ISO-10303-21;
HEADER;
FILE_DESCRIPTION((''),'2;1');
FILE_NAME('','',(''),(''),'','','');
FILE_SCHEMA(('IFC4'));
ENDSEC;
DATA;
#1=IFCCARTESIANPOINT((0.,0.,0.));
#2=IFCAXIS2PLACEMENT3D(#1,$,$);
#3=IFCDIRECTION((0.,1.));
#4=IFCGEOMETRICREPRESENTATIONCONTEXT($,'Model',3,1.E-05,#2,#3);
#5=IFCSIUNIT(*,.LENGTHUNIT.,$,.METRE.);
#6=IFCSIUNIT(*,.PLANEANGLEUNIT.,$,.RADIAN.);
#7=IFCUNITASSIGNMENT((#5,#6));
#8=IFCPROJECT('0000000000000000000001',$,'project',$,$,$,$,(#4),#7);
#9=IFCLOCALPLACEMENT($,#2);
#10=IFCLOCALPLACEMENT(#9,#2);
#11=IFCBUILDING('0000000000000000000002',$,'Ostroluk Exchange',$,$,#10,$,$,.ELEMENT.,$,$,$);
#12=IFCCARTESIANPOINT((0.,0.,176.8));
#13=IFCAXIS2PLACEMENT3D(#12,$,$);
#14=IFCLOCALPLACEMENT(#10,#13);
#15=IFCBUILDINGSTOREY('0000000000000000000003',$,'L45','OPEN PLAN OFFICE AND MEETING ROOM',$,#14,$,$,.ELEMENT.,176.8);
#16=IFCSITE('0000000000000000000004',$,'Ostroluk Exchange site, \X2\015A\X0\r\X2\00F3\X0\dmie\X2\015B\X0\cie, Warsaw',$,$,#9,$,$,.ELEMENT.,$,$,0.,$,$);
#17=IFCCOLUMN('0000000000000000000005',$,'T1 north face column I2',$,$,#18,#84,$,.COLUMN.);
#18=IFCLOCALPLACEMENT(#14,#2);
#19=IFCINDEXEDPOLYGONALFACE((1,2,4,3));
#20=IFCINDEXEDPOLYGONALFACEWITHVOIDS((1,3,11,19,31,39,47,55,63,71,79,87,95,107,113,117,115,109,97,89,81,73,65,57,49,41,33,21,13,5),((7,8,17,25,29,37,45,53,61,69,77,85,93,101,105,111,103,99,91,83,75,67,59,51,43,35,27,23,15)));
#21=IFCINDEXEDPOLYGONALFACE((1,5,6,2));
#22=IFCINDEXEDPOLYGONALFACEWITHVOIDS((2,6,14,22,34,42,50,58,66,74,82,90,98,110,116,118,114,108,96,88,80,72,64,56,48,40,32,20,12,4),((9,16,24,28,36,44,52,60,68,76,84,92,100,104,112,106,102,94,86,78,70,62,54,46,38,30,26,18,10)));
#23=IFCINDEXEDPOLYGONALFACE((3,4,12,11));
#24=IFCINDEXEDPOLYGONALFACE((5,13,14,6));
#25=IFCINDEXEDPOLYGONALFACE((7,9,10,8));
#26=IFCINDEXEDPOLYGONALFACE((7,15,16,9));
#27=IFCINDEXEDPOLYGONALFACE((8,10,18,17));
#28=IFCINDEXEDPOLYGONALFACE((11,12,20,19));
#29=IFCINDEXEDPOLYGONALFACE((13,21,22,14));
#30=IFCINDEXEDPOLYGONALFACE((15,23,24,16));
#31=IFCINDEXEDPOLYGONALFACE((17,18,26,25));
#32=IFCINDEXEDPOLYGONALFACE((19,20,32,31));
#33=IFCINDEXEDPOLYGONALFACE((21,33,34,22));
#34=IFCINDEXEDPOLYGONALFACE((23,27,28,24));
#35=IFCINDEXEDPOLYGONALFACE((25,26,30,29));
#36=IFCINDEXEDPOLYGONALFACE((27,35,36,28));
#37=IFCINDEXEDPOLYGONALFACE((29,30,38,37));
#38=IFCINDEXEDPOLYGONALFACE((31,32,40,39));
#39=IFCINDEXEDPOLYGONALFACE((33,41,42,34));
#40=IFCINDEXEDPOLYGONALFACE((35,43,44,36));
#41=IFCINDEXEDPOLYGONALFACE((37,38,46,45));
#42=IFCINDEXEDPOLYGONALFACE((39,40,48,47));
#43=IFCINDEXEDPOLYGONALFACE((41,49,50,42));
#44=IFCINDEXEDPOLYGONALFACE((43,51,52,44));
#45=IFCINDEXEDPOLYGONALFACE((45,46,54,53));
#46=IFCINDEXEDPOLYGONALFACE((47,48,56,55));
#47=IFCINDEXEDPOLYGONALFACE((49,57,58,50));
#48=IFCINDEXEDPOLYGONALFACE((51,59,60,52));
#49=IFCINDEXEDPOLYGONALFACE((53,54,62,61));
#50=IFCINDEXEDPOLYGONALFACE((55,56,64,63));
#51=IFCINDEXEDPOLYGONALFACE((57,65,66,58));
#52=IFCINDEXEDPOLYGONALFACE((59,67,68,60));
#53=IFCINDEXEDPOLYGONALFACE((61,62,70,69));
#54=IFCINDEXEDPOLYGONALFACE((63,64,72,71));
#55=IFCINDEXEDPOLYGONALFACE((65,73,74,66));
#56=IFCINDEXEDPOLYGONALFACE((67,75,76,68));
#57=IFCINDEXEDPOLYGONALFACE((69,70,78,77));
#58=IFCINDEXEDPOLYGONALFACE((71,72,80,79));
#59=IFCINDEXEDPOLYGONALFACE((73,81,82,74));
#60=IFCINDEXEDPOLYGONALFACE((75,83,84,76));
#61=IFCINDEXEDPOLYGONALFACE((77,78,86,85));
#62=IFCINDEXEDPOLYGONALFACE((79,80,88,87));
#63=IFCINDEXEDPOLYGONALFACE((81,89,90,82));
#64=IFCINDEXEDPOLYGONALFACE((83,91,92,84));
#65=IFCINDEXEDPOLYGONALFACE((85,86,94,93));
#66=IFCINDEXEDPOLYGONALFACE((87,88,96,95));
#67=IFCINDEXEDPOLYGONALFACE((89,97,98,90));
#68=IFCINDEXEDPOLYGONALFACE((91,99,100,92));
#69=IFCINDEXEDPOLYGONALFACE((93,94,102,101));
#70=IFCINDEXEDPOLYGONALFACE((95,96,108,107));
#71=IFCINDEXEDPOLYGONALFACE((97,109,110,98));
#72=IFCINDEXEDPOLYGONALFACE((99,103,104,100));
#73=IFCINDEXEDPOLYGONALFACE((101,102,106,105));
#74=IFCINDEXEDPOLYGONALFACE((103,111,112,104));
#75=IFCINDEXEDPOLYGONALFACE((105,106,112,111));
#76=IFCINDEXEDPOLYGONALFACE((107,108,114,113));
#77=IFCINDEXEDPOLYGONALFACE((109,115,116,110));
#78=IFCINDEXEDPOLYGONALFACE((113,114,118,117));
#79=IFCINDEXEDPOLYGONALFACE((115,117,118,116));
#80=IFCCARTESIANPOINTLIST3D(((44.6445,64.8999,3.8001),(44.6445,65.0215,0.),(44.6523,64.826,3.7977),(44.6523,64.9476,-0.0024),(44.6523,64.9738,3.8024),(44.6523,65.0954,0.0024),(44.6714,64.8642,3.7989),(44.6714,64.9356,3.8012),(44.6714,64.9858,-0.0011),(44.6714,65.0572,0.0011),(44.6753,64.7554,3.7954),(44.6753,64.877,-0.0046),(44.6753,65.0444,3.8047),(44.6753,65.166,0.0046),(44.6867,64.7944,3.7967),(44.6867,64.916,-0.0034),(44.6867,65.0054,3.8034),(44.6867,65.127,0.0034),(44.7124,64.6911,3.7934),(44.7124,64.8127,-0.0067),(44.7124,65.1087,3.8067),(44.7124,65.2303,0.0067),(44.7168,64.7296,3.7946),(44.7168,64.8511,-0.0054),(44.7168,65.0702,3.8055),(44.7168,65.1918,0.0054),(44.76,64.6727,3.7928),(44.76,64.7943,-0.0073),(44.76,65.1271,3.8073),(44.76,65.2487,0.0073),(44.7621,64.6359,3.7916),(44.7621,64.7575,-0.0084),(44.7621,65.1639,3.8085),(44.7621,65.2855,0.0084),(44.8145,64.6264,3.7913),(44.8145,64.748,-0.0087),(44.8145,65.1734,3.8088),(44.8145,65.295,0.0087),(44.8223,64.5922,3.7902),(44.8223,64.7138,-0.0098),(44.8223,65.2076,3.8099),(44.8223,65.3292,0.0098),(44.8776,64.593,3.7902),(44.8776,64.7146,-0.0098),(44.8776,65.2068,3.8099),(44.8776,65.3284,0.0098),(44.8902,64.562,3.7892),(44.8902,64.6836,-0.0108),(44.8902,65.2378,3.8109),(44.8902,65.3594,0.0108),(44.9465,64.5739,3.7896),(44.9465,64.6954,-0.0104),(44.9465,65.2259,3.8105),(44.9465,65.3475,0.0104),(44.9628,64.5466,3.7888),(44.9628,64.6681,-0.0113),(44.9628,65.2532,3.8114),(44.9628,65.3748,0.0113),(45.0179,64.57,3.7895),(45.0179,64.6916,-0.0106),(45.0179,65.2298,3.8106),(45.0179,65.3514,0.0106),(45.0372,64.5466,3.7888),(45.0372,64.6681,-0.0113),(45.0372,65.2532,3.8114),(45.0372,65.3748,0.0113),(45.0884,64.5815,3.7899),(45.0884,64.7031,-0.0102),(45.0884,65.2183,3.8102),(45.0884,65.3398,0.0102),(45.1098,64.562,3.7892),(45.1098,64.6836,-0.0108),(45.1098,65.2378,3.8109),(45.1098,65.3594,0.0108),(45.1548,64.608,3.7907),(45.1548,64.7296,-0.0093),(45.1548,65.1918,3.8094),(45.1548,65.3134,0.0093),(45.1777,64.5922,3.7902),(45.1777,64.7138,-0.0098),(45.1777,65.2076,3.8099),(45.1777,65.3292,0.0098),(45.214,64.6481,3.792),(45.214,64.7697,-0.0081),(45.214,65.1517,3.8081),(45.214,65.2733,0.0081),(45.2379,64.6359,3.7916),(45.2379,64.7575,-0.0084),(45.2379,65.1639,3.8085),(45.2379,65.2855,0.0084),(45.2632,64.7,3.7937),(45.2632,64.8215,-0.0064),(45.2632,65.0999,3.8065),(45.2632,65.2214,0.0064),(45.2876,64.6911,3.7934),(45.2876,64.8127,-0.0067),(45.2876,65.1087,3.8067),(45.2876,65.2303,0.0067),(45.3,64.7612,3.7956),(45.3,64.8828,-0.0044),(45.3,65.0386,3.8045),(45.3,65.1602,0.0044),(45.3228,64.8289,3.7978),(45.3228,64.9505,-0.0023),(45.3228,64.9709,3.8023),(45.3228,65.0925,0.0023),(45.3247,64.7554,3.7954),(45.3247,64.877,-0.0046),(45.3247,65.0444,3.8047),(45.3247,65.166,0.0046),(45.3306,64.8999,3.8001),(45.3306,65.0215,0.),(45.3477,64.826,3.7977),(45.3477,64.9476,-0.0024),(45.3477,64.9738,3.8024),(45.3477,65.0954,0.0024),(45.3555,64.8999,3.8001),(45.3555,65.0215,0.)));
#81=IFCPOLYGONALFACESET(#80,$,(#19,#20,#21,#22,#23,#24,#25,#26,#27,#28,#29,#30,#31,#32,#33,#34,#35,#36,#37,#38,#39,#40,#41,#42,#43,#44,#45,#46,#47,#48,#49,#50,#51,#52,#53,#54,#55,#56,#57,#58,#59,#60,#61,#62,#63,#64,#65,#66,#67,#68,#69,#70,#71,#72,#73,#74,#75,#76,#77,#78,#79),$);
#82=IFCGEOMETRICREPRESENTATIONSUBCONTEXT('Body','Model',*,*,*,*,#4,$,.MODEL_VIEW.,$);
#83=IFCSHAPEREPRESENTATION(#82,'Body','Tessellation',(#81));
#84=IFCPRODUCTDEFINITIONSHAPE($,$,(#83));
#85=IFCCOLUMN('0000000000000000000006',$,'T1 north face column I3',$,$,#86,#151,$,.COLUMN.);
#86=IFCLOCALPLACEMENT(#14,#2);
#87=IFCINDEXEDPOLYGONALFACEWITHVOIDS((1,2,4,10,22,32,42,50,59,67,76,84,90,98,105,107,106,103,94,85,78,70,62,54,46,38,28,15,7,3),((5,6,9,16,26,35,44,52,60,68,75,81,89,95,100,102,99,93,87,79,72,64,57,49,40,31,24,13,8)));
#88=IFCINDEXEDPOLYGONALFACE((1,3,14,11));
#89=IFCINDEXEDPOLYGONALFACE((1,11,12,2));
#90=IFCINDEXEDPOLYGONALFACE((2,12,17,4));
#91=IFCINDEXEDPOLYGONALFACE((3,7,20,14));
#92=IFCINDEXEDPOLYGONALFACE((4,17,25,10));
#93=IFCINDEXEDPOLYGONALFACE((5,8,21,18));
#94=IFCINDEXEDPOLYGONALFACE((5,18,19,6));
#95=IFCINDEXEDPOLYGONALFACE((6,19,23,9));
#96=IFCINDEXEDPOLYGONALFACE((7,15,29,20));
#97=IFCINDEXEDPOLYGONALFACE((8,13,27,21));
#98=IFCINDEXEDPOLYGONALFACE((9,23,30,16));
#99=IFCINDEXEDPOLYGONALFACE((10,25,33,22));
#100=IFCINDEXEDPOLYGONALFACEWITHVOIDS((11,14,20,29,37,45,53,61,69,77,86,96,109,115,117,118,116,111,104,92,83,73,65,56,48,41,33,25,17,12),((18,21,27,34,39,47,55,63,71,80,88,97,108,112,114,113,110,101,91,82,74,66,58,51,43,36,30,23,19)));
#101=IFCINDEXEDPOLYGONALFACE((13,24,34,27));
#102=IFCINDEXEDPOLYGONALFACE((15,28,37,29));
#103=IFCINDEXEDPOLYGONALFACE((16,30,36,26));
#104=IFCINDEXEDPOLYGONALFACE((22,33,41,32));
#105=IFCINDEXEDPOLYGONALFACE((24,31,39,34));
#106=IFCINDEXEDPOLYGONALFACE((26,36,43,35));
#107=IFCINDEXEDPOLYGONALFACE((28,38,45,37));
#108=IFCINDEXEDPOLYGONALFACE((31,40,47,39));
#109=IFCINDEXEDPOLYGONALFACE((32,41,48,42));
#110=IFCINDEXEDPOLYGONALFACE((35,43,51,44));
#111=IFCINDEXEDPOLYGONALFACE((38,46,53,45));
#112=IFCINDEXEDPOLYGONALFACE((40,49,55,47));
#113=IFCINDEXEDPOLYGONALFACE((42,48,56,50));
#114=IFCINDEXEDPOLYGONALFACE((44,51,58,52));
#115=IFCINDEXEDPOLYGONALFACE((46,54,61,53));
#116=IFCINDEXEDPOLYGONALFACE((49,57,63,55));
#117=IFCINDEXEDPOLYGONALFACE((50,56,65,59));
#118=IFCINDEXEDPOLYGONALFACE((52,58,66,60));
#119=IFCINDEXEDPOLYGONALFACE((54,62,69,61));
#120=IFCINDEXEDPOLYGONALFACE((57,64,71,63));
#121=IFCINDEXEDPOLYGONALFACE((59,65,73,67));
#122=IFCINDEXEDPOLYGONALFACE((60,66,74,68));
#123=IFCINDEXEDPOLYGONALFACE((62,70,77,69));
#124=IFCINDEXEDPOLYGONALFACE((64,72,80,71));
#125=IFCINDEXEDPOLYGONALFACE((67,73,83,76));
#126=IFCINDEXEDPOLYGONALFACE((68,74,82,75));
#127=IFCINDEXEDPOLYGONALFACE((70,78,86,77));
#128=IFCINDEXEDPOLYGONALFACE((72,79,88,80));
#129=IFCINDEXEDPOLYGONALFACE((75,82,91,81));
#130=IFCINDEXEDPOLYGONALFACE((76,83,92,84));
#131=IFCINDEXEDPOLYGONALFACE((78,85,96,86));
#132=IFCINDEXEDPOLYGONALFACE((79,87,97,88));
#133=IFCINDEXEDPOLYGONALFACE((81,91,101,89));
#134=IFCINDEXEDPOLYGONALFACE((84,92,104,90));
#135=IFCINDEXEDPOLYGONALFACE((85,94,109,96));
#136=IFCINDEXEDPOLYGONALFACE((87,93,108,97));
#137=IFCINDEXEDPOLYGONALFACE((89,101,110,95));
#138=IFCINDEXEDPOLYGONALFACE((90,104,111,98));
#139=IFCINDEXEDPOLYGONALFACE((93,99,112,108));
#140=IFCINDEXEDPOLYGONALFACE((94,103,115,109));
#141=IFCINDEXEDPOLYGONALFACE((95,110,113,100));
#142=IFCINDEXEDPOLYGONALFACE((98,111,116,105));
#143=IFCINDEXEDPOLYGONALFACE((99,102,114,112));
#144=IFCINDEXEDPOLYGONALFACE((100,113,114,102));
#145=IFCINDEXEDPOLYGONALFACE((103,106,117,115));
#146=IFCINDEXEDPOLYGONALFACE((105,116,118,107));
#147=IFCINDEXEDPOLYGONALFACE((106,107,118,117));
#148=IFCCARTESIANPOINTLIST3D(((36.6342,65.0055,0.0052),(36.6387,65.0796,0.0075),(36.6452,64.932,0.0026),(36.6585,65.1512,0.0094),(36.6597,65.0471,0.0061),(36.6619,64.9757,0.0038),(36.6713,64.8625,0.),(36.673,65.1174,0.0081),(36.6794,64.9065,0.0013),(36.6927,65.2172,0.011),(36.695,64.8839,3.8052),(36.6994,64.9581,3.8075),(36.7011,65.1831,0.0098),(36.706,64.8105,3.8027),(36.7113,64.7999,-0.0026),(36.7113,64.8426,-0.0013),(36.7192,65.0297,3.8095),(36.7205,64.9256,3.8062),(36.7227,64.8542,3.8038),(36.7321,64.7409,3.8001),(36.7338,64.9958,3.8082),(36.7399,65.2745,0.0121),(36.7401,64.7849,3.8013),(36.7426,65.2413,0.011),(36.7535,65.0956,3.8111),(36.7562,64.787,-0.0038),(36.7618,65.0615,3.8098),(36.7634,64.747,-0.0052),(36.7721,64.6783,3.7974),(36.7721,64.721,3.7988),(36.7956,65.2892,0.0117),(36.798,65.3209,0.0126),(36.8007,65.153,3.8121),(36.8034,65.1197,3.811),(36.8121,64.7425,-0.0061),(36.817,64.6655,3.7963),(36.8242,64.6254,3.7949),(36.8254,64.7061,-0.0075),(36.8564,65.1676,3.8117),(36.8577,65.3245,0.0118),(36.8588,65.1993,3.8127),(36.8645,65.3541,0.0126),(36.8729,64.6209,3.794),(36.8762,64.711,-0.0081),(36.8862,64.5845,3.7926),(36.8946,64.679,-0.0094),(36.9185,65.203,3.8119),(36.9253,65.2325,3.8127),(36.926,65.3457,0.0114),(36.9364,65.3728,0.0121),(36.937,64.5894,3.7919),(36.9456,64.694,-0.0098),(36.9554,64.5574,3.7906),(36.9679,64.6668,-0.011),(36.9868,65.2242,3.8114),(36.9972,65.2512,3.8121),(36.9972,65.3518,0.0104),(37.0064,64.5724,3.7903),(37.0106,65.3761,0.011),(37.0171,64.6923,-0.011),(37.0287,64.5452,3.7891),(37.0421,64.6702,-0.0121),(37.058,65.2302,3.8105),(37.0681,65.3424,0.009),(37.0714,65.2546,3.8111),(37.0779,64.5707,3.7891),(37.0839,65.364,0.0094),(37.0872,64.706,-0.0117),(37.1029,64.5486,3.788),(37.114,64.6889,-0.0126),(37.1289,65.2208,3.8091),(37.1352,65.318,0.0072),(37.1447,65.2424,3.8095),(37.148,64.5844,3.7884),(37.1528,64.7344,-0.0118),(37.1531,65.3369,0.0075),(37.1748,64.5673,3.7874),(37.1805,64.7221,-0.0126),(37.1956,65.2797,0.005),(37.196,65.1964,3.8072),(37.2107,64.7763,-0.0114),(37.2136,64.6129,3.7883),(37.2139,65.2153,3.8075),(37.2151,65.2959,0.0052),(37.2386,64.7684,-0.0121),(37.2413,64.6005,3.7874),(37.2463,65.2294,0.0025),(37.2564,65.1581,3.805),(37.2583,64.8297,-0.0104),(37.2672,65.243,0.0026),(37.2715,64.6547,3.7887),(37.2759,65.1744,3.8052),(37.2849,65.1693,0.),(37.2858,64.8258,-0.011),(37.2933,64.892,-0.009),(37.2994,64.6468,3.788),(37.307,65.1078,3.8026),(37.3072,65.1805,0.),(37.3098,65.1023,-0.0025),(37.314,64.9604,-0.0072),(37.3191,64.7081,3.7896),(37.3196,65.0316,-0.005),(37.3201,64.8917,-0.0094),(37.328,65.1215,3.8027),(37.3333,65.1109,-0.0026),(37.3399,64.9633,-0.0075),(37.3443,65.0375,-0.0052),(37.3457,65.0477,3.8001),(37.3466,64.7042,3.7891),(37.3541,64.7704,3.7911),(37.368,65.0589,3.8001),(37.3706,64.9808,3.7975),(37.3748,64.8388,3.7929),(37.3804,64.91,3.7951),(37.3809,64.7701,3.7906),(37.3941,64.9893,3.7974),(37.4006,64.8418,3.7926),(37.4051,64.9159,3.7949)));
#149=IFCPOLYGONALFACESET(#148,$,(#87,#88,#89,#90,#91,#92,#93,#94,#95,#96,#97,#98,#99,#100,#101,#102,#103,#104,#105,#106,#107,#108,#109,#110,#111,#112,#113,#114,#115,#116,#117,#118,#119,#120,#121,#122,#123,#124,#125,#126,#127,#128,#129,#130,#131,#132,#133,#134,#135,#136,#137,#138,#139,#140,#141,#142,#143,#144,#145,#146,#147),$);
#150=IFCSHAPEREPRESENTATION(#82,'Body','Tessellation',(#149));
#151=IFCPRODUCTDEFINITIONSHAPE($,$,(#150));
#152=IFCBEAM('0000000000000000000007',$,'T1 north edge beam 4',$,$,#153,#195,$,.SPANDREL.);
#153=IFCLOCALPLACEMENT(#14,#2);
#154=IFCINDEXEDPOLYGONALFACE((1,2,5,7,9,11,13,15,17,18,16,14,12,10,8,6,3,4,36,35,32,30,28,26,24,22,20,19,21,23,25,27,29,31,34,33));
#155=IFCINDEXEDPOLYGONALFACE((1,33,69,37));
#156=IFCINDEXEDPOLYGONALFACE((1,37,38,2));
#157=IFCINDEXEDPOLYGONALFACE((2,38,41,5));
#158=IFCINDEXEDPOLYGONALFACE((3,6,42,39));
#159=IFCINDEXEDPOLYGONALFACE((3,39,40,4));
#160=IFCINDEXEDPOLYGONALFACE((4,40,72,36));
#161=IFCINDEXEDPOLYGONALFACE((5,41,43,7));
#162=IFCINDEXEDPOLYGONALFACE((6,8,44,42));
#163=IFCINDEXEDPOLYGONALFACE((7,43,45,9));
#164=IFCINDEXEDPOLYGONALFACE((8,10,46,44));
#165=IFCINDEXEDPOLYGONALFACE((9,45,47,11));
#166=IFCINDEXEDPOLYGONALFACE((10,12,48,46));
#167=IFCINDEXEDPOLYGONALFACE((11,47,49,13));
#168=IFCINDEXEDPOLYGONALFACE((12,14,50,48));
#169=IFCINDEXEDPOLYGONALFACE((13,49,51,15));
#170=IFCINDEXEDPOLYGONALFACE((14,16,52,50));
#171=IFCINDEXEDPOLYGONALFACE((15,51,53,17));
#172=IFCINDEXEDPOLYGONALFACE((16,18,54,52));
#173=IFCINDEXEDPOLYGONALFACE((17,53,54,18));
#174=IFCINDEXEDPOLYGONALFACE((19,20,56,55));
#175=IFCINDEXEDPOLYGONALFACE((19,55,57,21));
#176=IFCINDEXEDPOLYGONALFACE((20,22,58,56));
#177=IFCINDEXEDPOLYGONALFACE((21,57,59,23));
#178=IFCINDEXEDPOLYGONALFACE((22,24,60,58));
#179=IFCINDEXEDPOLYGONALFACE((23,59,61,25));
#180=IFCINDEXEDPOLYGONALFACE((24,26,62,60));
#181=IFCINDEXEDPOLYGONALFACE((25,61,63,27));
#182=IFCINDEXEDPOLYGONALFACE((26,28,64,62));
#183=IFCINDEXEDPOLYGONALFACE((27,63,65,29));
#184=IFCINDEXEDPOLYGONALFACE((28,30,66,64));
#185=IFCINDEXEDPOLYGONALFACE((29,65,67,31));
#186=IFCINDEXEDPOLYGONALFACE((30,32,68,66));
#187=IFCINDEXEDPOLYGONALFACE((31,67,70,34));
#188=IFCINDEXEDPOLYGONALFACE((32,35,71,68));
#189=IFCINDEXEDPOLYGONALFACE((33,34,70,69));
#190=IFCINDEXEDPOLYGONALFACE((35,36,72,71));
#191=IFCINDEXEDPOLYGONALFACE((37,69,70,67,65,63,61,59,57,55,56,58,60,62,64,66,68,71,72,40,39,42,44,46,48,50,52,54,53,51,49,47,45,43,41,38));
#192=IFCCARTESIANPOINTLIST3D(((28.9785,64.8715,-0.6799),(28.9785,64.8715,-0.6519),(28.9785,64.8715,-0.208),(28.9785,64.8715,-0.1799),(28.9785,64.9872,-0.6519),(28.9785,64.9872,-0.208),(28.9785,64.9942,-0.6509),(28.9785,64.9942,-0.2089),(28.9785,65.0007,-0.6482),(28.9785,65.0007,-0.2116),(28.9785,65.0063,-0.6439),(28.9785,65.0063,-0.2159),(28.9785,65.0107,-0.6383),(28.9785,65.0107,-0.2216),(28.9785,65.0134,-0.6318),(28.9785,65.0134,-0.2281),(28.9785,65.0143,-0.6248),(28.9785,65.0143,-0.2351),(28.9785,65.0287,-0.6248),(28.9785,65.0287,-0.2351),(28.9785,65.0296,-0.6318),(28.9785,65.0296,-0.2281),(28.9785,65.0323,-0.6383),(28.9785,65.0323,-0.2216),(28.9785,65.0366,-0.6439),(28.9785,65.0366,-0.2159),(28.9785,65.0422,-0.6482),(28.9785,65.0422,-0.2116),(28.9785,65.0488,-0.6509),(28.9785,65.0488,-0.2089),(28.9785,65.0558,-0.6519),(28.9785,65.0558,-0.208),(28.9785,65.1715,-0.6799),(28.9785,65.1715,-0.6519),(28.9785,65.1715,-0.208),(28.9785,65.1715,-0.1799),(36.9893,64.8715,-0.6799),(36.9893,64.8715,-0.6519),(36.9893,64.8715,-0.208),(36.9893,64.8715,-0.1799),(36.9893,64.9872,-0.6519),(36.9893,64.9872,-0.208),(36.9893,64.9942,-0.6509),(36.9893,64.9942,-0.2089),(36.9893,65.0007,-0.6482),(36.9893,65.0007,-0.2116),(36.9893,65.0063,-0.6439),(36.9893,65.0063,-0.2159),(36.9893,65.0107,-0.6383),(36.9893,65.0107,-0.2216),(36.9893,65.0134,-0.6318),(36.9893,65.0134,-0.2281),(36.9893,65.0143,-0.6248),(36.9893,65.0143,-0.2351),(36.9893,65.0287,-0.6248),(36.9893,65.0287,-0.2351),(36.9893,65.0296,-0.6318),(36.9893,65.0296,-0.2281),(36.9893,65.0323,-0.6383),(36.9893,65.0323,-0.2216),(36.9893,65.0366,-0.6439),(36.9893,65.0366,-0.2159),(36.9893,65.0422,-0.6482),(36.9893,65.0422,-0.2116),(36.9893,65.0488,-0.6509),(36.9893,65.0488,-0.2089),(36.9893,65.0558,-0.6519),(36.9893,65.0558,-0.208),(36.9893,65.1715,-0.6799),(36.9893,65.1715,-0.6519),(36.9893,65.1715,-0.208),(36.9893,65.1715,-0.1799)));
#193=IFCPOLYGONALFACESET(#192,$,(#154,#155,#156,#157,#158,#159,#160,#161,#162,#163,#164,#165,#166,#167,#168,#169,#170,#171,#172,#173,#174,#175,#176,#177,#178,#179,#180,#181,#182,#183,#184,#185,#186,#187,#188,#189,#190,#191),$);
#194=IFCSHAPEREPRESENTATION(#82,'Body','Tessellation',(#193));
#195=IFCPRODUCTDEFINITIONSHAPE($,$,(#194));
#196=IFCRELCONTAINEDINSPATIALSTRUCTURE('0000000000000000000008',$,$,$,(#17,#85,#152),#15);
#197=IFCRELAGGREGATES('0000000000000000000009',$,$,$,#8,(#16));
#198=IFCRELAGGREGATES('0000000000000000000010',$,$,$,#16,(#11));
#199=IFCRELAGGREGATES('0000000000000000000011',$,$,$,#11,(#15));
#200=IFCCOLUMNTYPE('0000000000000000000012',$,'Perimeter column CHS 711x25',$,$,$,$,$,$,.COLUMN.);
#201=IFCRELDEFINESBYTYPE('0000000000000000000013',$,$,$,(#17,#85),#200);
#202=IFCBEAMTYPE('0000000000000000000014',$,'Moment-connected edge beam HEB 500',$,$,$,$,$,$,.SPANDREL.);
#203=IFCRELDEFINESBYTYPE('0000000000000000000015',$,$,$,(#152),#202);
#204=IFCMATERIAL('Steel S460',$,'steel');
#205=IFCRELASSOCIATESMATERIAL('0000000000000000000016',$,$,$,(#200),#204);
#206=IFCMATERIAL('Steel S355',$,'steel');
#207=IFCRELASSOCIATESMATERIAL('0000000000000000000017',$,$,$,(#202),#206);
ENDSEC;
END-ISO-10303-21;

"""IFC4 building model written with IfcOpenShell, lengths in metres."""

from ifc_helpers import new_model, si_unit, direction, frame, origin, origin_2d, place, context, subcontext, project, spatial, hollow_circle, i_section, extrude, material, material_profile, profile_set, type_object, element, save


model = new_model("IFC4")

# Units and contexts
model_context = context("Model", 3, precision=1e-05, world=origin(), true_north=direction((0.0, 1.0)))
body_context = subcontext(model_context, "Body", "Model", "MODEL_VIEW")
ifc_project = project(units=[si_unit("LENGTHUNIT", "METRE"), si_unit("PLANEANGLEUNIT", "RADIAN")], contexts=[model_context])

# Site, building, storey
site_placement = place(None, origin())
site = spatial("IfcSite", under=ifc_project, at=site_placement, Name="Ostroluk Exchange site, Śródmieście, Warsaw", CompositionType="ELEMENT", RefElevation=0.0)
building_placement = place(site_placement, origin())
building = spatial("IfcBuilding", under=site, at=building_placement, Name="Ostroluk Exchange", CompositionType="ELEMENT")
storey_placement = place(building_placement, frame((0.0, 0.0, 176.8)))
storey = spatial("IfcBuildingStorey", under=building, at=storey_placement, Name="L45", Description="OPEN PLAN OFFICE AND MEETING ROOM", CompositionType="ELEMENT", Elevation=176.8)

# Columns
ifc_material_1 = material(Name="Steel S460", Category="steel")
ifc_material_profile_1 = material_profile(ifc_material_1, hollow_circle(Radius=0.3555, WallThickness=0.0249, at=origin_2d()), Name="CHS 711x25")
ifc_profile_set_1 = profile_set([ifc_material_profile_1], Name="Steel S460")
column_type = type_object("IfcColumnType", Name="Perimeter column CHS 711x25", PredefinedType="COLUMN", material=ifc_profile_set_1)
column_1_placement = place(storey_placement, frame((45.0, 65.0215, 0.0), z_axis=(0.0, -0.031978, 0.999489), x_axis=(1.0, 0.0, 0.0)))
element("IfcColumn", 1, at=column_1_placement, inside=storey, type_object=column_type, Name="T1 north face column I2", PredefinedType="COLUMN", context=body_context, shape_type="SweptSolid", body=[
    extrude(hollow_circle(Radius=0.3555, WallThickness=0.0249, at=origin_2d()), origin(), (0.0, 0.0, 1.0), 3.802),
])
column_2_placement = place(storey_placement, frame((36.9893, 65.0215, 0.0), z_axis=(0.015987, -0.031974, 0.999361), x_axis=(0.894427, 0.447214, 0.0)))
element("IfcColumn", 2, at=column_2_placement, inside=storey, type_object=column_type, Name="T1 north face column I3", PredefinedType="COLUMN", context=body_context, shape_type="SweptSolid", body=[
    extrude(hollow_circle(Radius=0.3555, WallThickness=0.0249, at=origin_2d()), origin(), (0.0, 0.0, 1.0), 3.8025),
])

# Beam
ifc_material_2 = material(Name="Steel S355", Category="steel")
ifc_material_profile_2 = material_profile(ifc_material_2, i_section(OverallWidth=0.3, OverallDepth=0.5, WebThickness=0.0144, FlangeThickness=0.0281, FilletRadius=0.0271, at=origin_2d()), Name="HEB 500")
ifc_profile_set_2 = profile_set([ifc_material_profile_2], Name="Steel S355")
beam_type = type_object("IfcBeamType", Name="Moment-connected edge beam HEB 500", PredefinedType="SPANDREL", material=ifc_profile_set_2)
beam_placement = place(storey_placement, frame((36.9893, 65.0215, -0.4299), z_axis=(-1.0, 0.0, 0.0), x_axis=(0.0, -1.0, 0.0)))
element("IfcBeam", 3, at=beam_placement, inside=storey, type_object=beam_type, Name="T1 north edge beam 4", PredefinedType="SPANDREL", context=body_context, shape_type="SweptSolid", body=[
    extrude(i_section(OverallWidth=0.3, OverallDepth=0.5, WebThickness=0.0144, FlangeThickness=0.0281, FilletRadius=0.0271, at=origin_2d()), origin(), (0.0, 0.0, 1.0), 8.0107),
])

save(model, "model.ifc")
